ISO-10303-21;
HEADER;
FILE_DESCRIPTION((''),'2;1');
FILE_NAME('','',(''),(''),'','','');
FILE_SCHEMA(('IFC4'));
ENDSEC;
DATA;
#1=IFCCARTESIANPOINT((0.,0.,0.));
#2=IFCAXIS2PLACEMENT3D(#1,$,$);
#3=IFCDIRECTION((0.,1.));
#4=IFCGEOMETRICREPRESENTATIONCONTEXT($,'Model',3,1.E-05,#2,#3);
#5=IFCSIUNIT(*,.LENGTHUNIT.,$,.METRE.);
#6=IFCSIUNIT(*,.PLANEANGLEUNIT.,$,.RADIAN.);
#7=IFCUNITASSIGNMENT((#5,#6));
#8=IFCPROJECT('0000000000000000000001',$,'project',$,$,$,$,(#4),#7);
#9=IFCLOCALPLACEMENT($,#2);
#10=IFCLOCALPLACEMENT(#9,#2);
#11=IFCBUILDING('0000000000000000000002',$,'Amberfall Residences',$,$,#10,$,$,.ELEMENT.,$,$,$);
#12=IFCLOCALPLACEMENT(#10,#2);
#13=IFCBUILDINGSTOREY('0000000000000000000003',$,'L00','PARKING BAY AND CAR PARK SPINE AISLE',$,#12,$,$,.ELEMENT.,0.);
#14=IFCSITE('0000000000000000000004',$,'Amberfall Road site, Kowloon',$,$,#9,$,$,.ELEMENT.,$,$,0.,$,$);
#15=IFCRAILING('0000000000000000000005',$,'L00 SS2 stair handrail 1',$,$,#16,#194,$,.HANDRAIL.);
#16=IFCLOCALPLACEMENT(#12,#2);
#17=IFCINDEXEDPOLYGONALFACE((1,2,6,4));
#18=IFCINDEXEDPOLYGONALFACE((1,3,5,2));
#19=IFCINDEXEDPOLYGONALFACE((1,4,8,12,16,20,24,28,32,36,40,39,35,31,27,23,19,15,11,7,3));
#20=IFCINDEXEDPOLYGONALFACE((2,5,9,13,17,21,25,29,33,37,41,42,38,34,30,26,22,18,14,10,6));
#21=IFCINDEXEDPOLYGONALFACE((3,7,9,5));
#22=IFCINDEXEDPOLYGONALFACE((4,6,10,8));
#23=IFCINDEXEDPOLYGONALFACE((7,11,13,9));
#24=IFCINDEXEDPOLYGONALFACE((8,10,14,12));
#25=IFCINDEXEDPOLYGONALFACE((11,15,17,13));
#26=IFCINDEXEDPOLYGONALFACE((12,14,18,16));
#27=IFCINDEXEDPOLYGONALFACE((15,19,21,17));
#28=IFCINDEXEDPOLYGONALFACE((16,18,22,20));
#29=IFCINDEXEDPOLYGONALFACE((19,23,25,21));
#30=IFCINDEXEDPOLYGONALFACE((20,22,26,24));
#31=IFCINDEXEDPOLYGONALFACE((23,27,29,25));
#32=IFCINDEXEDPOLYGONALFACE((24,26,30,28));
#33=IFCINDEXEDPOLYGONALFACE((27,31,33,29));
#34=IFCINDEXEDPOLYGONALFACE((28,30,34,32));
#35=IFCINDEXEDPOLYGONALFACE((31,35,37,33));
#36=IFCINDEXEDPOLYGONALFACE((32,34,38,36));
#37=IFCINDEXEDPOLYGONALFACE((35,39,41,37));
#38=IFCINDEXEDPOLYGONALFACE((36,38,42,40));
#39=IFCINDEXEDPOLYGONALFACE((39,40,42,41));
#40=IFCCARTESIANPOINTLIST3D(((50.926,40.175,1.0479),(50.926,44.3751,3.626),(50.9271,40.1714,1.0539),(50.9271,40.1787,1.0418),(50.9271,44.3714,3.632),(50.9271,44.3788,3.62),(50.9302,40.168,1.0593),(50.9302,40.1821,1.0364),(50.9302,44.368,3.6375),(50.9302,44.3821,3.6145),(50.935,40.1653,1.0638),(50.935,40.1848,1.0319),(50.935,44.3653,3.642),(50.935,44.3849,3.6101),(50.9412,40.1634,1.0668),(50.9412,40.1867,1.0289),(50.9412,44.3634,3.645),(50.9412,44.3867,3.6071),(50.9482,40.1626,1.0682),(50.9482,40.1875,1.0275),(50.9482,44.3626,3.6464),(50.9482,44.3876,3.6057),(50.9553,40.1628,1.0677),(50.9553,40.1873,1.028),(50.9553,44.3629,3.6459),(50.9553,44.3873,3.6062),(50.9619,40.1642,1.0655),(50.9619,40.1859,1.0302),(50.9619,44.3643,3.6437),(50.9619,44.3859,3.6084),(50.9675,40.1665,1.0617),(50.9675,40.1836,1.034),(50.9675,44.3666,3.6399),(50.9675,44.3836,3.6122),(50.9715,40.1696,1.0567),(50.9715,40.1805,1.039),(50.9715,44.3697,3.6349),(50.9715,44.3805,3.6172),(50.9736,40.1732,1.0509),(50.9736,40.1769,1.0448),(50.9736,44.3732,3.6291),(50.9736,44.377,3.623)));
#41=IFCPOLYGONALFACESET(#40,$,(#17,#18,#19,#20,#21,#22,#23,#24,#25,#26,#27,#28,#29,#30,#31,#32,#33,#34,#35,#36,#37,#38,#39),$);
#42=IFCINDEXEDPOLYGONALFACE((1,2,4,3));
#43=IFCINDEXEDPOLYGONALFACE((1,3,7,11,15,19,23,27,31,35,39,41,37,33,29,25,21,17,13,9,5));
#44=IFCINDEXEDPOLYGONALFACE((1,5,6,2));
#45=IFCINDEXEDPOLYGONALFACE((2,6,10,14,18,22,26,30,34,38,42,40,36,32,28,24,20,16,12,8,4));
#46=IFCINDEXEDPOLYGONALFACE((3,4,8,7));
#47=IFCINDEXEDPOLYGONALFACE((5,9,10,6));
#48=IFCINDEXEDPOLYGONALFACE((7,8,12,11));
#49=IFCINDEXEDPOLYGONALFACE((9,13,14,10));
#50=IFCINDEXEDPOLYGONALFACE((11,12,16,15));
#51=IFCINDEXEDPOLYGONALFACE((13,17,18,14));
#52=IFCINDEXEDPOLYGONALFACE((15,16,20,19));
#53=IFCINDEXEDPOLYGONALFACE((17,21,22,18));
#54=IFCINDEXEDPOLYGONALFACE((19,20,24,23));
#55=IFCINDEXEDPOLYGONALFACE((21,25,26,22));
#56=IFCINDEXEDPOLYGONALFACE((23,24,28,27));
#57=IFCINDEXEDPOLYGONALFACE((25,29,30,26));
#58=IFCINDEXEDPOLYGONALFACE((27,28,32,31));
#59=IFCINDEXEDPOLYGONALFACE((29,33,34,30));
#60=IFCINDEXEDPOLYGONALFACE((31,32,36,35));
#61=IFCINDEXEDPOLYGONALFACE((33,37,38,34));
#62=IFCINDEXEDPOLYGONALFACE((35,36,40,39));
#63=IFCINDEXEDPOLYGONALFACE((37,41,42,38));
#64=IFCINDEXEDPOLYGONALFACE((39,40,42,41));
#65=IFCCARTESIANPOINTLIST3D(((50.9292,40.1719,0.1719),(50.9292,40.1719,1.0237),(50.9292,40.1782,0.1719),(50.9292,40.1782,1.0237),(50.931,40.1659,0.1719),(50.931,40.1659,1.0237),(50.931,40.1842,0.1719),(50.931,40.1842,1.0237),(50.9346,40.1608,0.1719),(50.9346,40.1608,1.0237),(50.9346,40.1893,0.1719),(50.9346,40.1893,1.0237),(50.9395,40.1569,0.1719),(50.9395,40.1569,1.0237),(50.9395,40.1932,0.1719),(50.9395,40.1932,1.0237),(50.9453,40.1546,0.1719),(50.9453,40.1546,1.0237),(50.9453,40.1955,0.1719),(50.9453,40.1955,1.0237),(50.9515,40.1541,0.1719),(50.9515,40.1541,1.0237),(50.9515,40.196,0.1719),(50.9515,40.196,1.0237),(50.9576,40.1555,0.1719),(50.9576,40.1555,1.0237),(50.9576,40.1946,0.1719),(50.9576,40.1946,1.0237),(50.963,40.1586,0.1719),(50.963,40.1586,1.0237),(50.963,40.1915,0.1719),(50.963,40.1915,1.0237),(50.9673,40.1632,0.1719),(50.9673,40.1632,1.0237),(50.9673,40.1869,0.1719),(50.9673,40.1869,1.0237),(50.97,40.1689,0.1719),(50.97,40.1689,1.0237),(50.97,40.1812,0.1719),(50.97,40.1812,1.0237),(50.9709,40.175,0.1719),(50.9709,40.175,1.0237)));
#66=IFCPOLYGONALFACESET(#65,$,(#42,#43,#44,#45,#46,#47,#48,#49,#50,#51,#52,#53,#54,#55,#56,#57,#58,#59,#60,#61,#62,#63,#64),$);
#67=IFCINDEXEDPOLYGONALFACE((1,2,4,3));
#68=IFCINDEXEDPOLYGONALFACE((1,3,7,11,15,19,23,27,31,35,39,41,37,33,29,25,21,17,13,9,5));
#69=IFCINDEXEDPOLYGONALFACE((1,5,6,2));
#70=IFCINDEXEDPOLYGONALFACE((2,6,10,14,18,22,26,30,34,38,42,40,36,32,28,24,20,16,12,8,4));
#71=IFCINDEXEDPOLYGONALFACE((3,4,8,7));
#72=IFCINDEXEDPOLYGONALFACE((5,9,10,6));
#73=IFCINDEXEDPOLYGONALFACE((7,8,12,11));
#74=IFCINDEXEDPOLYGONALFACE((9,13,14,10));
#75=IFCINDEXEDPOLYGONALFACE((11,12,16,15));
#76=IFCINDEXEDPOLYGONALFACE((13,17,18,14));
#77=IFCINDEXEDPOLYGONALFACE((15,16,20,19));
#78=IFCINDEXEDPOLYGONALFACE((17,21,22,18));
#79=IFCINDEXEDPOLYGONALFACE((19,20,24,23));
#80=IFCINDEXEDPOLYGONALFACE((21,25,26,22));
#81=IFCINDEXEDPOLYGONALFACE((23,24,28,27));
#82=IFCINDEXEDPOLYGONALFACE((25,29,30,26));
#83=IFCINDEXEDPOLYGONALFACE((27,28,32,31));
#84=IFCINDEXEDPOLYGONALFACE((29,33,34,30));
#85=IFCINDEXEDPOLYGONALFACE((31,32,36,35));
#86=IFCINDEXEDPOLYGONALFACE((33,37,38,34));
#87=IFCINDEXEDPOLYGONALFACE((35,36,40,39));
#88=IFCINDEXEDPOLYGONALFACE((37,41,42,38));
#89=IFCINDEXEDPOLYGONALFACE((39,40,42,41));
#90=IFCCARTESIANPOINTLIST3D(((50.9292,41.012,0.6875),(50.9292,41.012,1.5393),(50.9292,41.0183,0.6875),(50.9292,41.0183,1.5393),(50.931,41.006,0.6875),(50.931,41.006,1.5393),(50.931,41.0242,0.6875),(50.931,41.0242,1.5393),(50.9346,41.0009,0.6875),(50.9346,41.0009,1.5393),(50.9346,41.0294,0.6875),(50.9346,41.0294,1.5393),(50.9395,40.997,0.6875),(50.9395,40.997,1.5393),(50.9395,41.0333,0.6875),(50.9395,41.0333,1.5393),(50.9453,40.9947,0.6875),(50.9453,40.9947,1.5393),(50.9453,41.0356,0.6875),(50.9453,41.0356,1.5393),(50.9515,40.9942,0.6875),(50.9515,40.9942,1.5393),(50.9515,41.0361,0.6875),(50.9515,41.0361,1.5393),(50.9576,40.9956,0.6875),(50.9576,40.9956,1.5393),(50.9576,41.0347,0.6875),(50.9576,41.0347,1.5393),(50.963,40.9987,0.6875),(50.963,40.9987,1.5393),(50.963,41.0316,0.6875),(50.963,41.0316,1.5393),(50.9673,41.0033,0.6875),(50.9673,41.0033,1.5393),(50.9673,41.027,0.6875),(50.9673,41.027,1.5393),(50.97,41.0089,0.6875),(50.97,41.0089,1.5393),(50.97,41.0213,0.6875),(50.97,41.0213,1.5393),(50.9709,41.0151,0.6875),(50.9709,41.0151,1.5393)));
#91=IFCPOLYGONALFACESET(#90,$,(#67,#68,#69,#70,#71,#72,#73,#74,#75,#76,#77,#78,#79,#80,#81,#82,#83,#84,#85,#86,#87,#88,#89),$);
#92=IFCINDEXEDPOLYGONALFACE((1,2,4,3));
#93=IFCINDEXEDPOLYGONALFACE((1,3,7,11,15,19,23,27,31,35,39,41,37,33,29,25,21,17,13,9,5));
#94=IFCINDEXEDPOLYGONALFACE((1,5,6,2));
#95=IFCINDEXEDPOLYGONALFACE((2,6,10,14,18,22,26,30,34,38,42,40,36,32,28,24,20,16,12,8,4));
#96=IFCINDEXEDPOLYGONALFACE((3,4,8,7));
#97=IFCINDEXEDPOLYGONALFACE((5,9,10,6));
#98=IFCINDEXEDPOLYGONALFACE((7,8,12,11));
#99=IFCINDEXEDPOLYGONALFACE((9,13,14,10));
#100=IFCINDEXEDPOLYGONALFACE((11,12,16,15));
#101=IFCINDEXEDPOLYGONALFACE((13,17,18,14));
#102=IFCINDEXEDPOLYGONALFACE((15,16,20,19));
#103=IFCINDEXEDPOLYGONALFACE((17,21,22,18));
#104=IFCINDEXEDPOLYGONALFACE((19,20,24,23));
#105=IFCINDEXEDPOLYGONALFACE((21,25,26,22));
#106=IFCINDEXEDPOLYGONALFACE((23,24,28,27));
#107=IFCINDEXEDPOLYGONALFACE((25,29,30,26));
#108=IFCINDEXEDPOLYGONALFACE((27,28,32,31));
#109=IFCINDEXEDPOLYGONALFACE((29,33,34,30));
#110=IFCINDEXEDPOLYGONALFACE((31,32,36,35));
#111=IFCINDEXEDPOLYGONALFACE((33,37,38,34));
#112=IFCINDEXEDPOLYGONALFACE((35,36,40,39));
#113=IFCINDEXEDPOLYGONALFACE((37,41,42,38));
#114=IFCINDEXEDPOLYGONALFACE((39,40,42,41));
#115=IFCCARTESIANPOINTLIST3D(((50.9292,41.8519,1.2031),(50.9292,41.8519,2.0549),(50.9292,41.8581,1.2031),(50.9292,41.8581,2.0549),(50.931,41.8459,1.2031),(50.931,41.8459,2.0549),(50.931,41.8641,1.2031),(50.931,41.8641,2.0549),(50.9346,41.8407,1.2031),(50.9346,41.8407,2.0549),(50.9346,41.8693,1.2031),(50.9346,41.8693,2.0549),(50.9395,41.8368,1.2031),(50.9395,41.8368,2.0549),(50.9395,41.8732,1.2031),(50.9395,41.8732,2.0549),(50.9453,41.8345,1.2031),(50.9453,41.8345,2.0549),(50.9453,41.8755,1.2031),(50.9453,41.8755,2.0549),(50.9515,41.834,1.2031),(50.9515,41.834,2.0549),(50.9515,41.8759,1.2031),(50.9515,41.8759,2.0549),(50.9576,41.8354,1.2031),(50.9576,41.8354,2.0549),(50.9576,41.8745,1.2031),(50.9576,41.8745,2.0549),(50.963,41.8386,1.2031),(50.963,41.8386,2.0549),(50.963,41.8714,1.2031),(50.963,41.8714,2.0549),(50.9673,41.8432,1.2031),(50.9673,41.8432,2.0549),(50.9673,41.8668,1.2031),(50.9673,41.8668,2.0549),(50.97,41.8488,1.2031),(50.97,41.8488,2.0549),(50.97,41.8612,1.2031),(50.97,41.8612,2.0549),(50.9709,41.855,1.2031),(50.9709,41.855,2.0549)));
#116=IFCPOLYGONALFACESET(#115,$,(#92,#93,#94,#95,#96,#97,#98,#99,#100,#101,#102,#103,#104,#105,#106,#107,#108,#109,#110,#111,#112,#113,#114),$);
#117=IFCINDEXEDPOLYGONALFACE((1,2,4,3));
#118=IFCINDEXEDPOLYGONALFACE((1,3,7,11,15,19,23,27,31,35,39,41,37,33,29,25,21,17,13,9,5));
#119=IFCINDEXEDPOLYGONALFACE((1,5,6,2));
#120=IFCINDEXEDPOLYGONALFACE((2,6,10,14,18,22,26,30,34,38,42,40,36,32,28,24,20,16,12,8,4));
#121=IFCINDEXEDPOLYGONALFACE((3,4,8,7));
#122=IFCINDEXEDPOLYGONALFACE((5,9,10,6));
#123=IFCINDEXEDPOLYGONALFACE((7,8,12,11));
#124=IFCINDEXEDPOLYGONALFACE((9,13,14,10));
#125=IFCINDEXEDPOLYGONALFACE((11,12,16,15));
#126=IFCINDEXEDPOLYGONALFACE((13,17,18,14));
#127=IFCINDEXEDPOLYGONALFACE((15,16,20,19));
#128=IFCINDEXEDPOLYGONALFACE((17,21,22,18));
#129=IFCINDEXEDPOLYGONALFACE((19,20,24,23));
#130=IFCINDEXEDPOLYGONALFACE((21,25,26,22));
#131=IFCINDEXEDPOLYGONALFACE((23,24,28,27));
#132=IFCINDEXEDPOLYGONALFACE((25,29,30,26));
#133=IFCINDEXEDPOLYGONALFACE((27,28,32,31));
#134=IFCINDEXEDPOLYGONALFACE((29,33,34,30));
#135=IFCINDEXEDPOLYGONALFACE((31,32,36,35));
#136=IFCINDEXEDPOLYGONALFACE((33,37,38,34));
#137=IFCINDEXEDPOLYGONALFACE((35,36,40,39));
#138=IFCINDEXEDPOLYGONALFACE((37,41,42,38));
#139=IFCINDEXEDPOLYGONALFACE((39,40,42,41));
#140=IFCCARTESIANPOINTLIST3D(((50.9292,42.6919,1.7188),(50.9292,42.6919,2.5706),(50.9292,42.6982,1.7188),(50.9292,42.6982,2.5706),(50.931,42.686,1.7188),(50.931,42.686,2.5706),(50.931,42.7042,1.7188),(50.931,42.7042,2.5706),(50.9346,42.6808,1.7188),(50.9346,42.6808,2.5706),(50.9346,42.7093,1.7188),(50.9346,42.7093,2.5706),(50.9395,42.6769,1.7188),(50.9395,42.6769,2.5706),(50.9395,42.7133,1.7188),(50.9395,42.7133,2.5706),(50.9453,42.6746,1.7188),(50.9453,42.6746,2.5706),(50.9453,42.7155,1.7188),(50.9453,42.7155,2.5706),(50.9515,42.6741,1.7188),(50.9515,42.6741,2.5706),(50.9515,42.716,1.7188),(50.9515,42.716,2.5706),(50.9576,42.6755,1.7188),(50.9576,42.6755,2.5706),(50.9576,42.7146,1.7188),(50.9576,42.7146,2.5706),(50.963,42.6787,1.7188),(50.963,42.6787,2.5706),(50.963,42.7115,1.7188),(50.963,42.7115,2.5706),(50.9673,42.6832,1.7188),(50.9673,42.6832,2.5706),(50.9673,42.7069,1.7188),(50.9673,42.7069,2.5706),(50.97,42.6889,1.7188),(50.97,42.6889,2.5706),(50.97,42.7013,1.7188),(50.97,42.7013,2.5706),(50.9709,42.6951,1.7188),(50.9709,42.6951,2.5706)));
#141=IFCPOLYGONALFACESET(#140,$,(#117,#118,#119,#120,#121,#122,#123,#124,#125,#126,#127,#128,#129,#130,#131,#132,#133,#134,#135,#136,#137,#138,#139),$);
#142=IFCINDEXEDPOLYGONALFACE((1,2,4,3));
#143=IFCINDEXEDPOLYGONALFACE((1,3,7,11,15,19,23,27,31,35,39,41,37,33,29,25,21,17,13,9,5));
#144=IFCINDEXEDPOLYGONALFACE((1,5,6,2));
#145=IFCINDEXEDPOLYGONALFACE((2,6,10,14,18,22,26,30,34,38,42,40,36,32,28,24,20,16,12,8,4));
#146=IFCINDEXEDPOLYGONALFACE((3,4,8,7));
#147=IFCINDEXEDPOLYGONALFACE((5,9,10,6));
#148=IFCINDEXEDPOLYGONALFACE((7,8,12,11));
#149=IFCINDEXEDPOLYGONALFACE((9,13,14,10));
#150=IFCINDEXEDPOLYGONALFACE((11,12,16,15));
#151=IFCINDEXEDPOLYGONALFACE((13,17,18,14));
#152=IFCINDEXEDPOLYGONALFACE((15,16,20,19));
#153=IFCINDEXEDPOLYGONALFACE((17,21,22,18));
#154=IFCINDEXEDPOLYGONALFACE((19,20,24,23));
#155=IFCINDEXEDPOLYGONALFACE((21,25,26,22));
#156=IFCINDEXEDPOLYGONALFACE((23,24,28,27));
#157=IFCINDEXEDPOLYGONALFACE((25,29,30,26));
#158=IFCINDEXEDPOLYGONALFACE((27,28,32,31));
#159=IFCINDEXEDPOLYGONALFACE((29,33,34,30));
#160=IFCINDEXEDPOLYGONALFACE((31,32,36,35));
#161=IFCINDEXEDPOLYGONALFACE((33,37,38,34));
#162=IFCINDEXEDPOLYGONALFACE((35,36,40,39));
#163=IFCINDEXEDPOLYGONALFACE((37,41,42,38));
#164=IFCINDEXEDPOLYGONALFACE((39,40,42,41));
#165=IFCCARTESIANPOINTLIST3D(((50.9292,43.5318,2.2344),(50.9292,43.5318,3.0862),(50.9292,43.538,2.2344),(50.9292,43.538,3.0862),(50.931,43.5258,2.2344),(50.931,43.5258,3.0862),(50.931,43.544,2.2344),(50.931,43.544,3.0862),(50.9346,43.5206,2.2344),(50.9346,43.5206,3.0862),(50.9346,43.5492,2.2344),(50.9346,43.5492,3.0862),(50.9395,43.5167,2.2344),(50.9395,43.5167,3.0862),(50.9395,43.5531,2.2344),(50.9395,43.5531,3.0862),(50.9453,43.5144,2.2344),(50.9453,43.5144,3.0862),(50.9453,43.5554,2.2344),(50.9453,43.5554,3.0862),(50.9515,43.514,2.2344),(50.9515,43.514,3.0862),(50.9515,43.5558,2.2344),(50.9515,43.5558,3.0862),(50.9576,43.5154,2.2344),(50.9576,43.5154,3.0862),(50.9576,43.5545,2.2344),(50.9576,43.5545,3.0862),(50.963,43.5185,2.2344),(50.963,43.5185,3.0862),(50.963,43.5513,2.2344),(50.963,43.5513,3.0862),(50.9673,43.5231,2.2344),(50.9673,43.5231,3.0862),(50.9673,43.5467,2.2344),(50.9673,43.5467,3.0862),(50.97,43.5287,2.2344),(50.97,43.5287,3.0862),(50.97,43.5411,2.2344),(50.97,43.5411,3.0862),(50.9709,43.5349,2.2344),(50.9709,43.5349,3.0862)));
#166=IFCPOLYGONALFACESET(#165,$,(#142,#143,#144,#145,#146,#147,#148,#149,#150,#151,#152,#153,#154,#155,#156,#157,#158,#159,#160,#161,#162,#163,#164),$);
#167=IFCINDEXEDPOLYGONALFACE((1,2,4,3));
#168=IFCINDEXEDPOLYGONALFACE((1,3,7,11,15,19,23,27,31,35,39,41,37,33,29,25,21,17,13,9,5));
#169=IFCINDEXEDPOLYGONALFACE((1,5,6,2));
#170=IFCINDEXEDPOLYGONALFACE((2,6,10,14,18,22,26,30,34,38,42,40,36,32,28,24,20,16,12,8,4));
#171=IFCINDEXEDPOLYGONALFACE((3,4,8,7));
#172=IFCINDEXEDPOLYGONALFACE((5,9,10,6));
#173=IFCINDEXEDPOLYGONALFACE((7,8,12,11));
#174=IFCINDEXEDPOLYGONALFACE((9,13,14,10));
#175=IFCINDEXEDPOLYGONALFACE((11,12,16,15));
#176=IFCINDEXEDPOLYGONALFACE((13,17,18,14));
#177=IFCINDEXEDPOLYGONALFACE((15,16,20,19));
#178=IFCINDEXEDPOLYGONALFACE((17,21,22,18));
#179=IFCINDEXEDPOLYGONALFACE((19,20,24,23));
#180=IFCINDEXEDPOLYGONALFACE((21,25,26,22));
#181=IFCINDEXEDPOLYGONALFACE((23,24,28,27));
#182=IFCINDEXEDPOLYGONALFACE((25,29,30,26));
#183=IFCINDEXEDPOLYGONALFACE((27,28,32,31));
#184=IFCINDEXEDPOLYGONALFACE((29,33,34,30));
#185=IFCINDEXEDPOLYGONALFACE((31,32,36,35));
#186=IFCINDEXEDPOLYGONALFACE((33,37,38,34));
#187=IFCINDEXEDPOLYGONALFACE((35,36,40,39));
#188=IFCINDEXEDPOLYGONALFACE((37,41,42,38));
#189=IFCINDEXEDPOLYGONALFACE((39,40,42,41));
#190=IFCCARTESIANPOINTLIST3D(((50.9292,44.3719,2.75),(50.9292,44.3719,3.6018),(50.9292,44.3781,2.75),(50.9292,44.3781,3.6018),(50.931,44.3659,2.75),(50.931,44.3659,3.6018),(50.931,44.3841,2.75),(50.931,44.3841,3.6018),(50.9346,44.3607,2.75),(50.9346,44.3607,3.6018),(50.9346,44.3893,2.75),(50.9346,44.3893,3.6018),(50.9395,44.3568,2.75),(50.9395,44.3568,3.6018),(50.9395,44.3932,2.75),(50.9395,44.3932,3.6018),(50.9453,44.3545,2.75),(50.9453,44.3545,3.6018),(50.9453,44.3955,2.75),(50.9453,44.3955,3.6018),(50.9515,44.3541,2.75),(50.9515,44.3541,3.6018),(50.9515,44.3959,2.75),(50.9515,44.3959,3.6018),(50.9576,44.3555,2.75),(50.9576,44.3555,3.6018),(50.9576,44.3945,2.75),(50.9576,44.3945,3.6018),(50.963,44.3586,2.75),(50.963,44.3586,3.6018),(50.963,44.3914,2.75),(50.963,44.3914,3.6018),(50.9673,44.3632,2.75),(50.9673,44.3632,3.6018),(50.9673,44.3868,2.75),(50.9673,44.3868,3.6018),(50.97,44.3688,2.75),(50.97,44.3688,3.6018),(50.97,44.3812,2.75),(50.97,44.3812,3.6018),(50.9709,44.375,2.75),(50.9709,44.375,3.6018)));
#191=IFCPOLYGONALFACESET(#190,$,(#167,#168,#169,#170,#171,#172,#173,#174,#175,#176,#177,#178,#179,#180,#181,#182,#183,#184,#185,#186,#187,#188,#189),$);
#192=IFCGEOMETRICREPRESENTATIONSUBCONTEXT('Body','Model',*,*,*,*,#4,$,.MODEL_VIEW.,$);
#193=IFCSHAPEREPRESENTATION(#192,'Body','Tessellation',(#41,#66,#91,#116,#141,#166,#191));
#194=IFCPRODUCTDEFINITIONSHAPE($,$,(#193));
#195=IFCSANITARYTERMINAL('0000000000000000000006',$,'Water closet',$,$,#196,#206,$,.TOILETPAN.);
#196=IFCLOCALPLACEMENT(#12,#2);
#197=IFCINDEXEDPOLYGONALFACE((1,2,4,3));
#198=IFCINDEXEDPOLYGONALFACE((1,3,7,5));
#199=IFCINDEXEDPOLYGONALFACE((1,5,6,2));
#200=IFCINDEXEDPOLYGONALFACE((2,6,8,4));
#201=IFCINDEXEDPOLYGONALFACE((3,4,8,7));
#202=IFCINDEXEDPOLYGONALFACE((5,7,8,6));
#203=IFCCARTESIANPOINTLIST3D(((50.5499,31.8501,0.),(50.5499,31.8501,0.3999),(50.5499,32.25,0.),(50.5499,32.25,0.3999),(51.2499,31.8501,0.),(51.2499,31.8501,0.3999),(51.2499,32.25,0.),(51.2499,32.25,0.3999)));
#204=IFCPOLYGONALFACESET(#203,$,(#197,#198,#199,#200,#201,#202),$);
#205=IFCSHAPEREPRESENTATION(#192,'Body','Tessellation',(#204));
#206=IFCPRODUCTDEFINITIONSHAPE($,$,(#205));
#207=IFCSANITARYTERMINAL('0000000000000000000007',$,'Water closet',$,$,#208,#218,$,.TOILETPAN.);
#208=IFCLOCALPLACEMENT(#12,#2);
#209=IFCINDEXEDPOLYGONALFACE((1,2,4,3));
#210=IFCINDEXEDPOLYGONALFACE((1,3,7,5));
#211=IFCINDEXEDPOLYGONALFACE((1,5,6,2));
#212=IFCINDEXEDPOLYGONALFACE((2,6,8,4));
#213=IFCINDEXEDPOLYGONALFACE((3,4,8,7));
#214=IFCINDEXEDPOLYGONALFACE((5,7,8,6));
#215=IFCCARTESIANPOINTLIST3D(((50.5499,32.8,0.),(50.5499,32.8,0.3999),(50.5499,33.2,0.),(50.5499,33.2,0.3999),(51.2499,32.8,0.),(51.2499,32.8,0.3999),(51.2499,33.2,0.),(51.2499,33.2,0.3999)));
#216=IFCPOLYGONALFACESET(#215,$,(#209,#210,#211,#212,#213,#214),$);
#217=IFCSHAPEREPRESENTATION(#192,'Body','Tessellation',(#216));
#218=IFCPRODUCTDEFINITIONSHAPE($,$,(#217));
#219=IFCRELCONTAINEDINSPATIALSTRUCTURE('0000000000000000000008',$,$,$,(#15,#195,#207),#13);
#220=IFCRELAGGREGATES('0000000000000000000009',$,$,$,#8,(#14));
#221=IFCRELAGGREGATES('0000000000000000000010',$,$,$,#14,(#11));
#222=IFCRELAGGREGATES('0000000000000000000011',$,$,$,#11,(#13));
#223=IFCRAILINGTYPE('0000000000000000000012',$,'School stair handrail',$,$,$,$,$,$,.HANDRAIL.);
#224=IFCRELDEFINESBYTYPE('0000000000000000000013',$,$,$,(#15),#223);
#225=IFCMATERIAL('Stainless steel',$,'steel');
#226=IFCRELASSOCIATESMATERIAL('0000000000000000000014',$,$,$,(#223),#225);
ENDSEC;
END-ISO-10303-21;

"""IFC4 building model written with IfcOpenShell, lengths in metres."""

from ifc_helpers import new_model, si_unit, direction, frame, origin, origin_2d, place, context, subcontext, project, spatial, rectangle, circle, extrude, material, type_object, element, save


model = new_model("IFC4")

# Units and contexts
model_context = context("Model", 3, precision=1e-05, world=origin(), true_north=direction((0.0, 1.0)))
body_context = subcontext(model_context, "Body", "Model", "MODEL_VIEW")
ifc_project = project(units=[si_unit("LENGTHUNIT", "METRE"), si_unit("PLANEANGLEUNIT", "RADIAN")], contexts=[model_context])

# Site, building, storey
site_placement = place(None, origin())
site = spatial("IfcSite", under=ifc_project, at=site_placement, Name="Amberfall Road site, Kowloon", CompositionType="ELEMENT", RefElevation=0.0)
building_placement = place(site_placement, origin())
building = spatial("IfcBuilding", under=site, at=building_placement, Name="Amberfall Residences", CompositionType="ELEMENT")
storey_placement = place(building_placement, origin())
storey = spatial("IfcBuildingStorey", under=building, at=storey_placement, Name="L00", Description="PARKING BAY AND CAR PARK SPINE AISLE", CompositionType="ELEMENT", Elevation=0.0)

# Railing
ifc_material_1 = material(Name="Stainless steel", Category="steel")
railing_type_1 = type_object("IfcRailingType", Name="School stair handrail", PredefinedType="HANDRAIL", material=ifc_material_1)
railing_1_placement = place(storey_placement, frame((50.95, 40.175, 0.1719)))
element("IfcRailing", 1, at=railing_1_placement, inside=storey, type_object=railing_type_1, Name="L00 SS2 stair handrail 1", PredefinedType="HANDRAIL", context=body_context, shape_type="SweptSolid", body=[
    extrude(circle(Radius=0.0239, at=origin_2d()), frame((0.0, 0.0, 0.876), z_axis=(0.0, 0.852243, 0.523146), x_axis=(-1.0, 0.0, 0.0)), (0.0, 0.0, 1.0), 4.9282),
    extrude(circle(Radius=0.021, at=origin_2d()), origin(), (0.0, 0.0, 1.0), 0.8518),
    extrude(circle(Radius=0.021, at=origin_2d()), frame((0.0, 0.8401, 0.5156)), (0.0, 0.0, 1.0), 0.8518),
    extrude(circle(Radius=0.021, at=origin_2d()), frame((0.0, 1.6799, 1.0312)), (0.0, 0.0, 1.0), 0.8518),
    extrude(circle(Radius=0.021, at=origin_2d()), frame((0.0, 2.52, 1.5469)), (0.0, 0.0, 1.0), 0.8518),
    extrude(circle(Radius=0.021, at=origin_2d()), frame((0.0, 3.3599, 2.0625)), (0.0, 0.0, 1.0), 0.8518),
    extrude(circle(Radius=0.021, at=origin_2d()), frame((0.0, 4.2, 2.5781)), (0.0, 0.0, 1.0), 0.8518),
])

# Sanitary terminals
for number, where, z_axis, x_axis, name in (
    (2, (50.8999, 32.05, 0.0), (0.0, 0.0, 1.0), (1.0, 0.0, 0.0), "Water closet"),
    (3, (50.8999, 33.0, 0.0), (0.0, 0.0, 1.0), (1.0, 0.0, 0.0), "Water closet"),
):
    element("IfcSanitaryTerminal", number, at=place(storey_placement, frame(where, z_axis=z_axis, x_axis=x_axis)), inside=storey, Name=name, PredefinedType="TOILETPAN", context=body_context, shape_type="SweptSolid", body=[
        extrude(rectangle(XDim=0.7, YDim=0.3999, at=origin_2d()), origin(), (0.0, 0.0, 1.0), 0.3999),
    ])

save(model, "model.ifc")
